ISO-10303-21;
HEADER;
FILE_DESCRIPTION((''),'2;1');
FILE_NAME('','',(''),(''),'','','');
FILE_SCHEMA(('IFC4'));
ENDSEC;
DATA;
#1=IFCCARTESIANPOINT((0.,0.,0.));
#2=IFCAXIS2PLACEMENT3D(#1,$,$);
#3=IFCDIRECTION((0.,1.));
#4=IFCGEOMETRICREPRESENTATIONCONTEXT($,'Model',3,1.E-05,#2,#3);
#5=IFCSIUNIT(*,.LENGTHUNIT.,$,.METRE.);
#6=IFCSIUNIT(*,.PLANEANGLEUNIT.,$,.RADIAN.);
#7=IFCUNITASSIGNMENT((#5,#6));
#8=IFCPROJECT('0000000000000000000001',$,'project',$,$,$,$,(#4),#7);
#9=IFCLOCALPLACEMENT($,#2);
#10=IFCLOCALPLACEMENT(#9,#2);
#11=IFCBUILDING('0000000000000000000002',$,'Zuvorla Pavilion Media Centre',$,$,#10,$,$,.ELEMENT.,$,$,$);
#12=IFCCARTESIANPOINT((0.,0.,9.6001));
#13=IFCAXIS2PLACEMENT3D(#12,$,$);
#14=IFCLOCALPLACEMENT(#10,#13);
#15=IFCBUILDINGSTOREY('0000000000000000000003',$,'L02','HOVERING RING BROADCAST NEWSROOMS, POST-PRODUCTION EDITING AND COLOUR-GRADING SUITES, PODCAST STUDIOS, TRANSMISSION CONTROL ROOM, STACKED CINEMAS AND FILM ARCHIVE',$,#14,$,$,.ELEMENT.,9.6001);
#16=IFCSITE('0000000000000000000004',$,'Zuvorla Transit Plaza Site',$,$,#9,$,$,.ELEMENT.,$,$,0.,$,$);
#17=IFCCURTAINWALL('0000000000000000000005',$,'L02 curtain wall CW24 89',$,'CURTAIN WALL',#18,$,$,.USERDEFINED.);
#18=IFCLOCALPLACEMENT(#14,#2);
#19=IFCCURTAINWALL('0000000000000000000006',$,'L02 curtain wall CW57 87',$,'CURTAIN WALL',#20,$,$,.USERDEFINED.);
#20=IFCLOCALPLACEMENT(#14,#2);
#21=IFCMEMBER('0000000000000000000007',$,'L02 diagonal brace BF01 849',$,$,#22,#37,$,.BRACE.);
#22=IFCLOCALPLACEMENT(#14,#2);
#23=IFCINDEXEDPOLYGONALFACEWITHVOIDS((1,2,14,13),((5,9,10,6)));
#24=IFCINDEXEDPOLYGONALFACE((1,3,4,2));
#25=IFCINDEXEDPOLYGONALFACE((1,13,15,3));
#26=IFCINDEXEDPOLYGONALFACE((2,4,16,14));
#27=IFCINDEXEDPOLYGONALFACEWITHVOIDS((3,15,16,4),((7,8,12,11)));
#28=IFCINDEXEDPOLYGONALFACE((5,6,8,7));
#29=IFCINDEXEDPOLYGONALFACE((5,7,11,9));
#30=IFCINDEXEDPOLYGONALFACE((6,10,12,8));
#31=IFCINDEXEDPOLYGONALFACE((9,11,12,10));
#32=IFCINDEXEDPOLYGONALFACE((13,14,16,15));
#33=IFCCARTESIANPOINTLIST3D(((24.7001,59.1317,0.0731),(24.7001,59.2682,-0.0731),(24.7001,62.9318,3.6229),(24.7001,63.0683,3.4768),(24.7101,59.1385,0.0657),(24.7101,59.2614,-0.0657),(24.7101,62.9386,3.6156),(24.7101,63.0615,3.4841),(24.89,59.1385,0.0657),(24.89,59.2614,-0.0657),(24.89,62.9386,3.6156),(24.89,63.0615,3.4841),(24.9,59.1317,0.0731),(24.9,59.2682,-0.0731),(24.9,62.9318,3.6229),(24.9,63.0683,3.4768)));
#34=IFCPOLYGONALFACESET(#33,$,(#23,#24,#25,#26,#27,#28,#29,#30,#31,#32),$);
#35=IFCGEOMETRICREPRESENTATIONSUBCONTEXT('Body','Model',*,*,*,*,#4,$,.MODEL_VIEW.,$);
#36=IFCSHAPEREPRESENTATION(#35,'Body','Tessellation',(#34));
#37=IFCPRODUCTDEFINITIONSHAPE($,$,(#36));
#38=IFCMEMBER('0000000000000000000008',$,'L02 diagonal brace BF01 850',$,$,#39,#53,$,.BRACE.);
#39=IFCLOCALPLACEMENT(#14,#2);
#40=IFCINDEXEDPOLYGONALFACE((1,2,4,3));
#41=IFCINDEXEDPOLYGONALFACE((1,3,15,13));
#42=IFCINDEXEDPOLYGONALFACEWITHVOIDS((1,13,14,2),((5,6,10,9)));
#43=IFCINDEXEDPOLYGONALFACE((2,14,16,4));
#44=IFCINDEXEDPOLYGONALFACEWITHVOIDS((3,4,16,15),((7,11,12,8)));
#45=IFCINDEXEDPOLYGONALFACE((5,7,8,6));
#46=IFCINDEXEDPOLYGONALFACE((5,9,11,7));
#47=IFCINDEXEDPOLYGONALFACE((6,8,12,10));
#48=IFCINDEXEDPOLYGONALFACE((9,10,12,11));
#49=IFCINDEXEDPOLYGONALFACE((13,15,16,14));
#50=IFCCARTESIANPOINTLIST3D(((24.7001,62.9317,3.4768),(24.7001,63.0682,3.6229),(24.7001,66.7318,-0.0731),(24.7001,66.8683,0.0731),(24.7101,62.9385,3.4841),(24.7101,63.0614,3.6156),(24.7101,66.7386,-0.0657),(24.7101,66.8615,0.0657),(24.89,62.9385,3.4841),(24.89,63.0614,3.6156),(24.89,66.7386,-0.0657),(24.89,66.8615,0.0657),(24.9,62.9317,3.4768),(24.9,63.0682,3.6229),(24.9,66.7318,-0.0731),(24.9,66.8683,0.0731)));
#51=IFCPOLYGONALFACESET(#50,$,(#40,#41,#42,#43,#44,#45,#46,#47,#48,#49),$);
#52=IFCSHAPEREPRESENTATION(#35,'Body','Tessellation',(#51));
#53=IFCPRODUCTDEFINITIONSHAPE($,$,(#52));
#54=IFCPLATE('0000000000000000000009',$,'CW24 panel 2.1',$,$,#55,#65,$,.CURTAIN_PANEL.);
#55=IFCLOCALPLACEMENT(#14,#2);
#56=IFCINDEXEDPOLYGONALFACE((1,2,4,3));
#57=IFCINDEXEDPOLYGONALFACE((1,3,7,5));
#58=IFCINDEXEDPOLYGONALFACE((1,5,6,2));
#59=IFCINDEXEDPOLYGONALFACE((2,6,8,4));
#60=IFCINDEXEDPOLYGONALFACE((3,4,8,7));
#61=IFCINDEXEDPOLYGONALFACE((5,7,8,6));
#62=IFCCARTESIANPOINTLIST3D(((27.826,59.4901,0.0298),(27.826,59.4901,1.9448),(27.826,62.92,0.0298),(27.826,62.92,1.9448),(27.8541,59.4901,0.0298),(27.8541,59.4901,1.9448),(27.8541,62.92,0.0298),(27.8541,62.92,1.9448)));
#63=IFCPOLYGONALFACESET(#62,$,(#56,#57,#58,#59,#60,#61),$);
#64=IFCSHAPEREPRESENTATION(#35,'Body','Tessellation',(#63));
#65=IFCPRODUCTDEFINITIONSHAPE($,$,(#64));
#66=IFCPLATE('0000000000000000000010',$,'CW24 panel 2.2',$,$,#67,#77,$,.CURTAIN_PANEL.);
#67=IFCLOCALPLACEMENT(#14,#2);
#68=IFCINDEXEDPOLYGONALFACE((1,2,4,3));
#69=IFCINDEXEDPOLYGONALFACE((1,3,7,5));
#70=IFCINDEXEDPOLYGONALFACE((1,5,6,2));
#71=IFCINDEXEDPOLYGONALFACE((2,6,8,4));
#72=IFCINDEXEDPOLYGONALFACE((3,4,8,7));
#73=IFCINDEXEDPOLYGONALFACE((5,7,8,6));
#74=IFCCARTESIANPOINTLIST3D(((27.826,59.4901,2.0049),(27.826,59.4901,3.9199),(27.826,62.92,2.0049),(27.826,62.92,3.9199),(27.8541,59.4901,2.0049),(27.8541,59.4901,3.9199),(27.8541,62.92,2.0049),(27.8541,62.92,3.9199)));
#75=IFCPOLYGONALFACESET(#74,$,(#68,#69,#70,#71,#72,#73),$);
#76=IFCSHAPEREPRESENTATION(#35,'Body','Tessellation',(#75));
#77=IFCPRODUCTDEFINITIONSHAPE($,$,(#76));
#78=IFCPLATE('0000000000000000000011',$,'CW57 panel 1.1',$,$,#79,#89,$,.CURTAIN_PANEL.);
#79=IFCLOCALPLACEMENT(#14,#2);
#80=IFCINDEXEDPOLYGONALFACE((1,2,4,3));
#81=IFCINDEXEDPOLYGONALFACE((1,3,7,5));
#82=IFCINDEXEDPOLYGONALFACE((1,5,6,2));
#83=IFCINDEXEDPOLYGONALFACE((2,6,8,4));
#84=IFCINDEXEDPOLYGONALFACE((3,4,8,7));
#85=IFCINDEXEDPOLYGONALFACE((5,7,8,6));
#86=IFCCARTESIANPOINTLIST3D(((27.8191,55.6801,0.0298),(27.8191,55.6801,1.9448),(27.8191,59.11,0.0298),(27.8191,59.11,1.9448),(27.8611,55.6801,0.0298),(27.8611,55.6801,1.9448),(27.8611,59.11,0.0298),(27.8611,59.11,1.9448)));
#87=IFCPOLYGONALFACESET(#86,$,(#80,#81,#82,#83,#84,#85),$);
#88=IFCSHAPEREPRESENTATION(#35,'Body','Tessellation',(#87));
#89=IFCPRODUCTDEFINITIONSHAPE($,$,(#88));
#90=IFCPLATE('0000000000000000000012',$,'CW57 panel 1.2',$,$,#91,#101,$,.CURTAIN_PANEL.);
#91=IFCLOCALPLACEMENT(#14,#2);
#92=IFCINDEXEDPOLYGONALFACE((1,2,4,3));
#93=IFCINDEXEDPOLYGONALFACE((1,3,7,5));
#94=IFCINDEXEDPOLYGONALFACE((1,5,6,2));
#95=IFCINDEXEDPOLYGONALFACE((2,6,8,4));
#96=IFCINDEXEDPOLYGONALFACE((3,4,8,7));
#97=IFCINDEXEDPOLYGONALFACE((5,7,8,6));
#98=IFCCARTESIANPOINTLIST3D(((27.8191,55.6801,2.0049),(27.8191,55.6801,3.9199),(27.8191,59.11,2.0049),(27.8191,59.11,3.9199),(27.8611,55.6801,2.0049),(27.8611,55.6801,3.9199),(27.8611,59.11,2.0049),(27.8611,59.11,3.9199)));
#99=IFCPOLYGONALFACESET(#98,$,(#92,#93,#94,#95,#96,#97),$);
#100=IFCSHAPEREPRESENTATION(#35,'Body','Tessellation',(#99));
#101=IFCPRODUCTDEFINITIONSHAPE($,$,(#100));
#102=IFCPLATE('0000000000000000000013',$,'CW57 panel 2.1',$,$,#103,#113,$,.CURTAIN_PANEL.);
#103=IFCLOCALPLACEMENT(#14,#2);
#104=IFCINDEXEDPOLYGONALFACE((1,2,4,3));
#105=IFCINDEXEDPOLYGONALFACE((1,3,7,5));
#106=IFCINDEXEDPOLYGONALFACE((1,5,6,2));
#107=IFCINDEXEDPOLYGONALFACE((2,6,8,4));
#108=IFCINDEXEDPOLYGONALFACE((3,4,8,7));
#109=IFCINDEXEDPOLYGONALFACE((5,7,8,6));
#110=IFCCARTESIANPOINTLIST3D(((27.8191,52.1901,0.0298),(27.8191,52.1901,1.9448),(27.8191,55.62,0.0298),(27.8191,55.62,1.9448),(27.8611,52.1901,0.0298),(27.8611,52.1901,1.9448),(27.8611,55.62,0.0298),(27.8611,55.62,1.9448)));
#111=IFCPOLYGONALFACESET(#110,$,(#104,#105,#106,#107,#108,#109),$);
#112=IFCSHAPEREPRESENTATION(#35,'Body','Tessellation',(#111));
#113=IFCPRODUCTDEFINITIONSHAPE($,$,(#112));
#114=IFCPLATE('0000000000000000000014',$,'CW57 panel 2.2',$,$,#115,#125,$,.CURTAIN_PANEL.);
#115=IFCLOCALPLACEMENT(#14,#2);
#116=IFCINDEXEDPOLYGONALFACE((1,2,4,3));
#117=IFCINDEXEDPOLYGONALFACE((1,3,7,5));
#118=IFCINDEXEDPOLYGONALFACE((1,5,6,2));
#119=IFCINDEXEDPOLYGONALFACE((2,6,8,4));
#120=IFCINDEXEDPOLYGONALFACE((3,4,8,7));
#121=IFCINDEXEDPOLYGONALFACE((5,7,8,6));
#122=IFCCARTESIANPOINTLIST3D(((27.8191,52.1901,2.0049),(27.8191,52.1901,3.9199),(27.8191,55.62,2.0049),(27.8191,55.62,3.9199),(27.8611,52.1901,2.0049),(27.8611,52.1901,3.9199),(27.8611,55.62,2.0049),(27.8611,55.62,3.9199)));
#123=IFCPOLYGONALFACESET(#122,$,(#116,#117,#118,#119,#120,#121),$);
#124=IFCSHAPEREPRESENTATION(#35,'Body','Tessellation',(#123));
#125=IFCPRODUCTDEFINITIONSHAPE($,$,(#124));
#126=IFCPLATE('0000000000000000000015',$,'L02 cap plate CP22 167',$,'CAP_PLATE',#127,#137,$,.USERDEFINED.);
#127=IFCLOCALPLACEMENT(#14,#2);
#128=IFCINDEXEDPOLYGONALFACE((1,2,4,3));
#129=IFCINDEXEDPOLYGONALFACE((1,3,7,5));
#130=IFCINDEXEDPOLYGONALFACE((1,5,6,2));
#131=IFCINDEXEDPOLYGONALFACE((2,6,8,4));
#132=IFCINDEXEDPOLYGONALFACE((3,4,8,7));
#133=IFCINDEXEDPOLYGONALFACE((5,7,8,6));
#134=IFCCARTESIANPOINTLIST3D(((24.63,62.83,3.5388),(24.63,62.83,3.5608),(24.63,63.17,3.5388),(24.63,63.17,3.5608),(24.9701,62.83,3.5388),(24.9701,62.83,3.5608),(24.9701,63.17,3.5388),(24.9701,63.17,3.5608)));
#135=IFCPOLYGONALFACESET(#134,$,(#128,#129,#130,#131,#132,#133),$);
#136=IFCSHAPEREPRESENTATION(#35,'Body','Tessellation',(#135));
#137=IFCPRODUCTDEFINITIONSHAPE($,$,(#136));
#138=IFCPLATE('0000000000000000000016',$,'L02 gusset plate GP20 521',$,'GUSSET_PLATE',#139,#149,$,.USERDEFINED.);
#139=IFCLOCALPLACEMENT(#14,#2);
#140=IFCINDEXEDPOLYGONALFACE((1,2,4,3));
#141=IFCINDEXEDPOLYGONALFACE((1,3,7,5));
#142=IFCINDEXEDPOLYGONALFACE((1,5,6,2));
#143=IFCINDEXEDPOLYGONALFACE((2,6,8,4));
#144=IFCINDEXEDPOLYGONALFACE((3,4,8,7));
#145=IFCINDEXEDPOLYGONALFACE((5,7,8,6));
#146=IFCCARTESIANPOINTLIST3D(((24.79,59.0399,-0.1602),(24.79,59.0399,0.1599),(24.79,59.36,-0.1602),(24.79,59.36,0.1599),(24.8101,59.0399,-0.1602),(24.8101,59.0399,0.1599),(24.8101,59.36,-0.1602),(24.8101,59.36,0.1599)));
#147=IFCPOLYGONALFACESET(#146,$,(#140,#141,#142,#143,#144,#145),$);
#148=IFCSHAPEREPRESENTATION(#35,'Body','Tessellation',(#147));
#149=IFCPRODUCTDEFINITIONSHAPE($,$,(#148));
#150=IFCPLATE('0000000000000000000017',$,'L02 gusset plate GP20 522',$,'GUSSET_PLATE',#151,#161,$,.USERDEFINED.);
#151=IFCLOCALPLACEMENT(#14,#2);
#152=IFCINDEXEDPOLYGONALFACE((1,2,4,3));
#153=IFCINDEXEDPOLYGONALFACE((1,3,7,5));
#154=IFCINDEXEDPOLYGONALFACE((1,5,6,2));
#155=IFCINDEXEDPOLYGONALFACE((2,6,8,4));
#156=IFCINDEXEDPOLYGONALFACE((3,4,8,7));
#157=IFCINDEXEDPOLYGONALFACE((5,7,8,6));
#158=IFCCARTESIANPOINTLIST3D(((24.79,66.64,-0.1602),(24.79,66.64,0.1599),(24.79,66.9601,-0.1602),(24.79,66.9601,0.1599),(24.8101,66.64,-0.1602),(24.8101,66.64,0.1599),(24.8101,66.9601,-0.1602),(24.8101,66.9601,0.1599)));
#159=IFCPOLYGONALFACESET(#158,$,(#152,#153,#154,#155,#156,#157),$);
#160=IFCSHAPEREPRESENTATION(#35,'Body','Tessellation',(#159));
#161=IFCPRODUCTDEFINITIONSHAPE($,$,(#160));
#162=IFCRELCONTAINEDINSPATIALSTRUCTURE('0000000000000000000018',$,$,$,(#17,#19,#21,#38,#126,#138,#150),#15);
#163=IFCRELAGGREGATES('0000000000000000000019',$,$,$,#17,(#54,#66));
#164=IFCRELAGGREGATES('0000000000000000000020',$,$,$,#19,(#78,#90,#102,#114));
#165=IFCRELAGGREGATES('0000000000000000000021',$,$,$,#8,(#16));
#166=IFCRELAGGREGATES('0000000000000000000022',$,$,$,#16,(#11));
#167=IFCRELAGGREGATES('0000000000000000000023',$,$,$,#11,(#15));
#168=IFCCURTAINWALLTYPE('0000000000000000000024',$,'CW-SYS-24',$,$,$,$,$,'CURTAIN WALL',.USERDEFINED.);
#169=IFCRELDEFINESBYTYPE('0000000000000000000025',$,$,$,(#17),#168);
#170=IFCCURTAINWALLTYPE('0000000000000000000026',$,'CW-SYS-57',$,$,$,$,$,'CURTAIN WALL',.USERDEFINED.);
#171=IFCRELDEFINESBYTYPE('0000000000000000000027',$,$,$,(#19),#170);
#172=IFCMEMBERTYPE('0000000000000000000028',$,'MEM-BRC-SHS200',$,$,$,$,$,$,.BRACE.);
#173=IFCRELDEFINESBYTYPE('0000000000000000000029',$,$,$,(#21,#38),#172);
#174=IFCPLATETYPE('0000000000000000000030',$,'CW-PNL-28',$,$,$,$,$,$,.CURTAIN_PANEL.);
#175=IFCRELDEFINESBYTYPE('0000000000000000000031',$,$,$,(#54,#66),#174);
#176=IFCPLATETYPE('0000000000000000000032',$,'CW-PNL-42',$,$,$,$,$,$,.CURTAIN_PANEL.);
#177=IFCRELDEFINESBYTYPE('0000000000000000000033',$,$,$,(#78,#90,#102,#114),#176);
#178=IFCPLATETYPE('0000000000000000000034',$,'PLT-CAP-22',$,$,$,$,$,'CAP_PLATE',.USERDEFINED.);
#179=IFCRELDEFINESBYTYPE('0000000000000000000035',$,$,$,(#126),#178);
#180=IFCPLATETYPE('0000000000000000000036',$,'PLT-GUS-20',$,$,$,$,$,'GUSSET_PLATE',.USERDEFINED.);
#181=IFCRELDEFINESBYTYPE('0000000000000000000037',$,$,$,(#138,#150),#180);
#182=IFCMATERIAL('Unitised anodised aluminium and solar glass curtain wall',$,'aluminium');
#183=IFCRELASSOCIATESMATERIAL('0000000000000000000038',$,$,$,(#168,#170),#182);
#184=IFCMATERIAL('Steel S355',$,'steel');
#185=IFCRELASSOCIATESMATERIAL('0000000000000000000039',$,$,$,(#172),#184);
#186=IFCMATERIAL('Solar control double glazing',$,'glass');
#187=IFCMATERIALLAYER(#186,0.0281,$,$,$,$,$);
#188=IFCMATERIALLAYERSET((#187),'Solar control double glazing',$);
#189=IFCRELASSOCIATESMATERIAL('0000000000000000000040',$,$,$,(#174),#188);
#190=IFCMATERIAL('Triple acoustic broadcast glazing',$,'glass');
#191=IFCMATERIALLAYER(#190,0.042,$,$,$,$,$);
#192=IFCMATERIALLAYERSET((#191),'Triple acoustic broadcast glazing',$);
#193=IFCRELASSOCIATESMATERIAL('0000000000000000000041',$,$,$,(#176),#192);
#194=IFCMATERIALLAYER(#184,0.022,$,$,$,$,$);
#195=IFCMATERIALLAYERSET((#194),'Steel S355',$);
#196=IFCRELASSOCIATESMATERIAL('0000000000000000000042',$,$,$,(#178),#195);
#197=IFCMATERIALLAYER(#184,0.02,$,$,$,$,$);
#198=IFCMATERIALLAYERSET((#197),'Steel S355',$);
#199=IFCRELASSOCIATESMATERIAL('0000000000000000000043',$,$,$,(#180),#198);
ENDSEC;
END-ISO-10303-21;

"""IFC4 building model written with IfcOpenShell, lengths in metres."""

from ifc_helpers import new_model, si_unit, direction, frame, origin, origin_2d, place, context, subcontext, project, spatial, rectangle, hollow_rectangle, extrude, material, layer, layer_set, material_profile, profile_set, type_object, element, aggregate, save


model = new_model("IFC4")

# Units and contexts
model_context = context("Model", 3, precision=1e-05, world=origin(), true_north=direction((0.0, 1.0)))
body_context = subcontext(model_context, "Body", "Model", "MODEL_VIEW")
ifc_project = project(units=[si_unit("LENGTHUNIT", "METRE"), si_unit("PLANEANGLEUNIT", "RADIAN")], contexts=[model_context])

# Site, building, storey
site_placement = place(None, origin())
site = spatial("IfcSite", under=ifc_project, at=site_placement, Name="Zuvorla Transit Plaza Site", CompositionType="ELEMENT", RefElevation=0.0)
building_placement = place(site_placement, origin())
building = spatial("IfcBuilding", under=site, at=building_placement, Name="Zuvorla Pavilion Media Centre", CompositionType="ELEMENT")
storey_placement = place(building_placement, frame((0.0, 0.0, 9.6001)))
storey = spatial("IfcBuildingStorey", under=building, at=storey_placement, Name="L02", Description="HOVERING RING BROADCAST NEWSROOMS, POST-PRODUCTION EDITING AND COLOUR-GRADING SUITES, PODCAST STUDIOS, TRANSMISSION CONTROL ROOM, STACKED CINEMAS AND FILM ARCHIVE", CompositionType="ELEMENT", Elevation=9.6001)

# Shared definitions
ifc_material_1 = material(Name="Steel S355", Category="steel")

# Curtain walls
ifc_material_2 = material(Name="Unitised anodised aluminium and solar glass curtain wall", Category="aluminium")
curtain_wall_type_1 = type_object("IfcCurtainWallType", Name="CW-SYS-24", ElementType="CURTAIN WALL", PredefinedType="USERDEFINED", material=ifc_material_2)
curtain_wall_1_placement = place(storey_placement, origin())
curtain_wall_1 = element("IfcCurtainWall", 1, at=curtain_wall_1_placement, inside=storey, type_object=curtain_wall_type_1, Name="L02 curtain wall CW24 89", ObjectType="CURTAIN WALL", PredefinedType="USERDEFINED")
curtain_wall_type_2 = type_object("IfcCurtainWallType", Name="CW-SYS-57", ElementType="CURTAIN WALL", PredefinedType="USERDEFINED", material=ifc_material_2)
curtain_wall_2_placement = place(storey_placement, origin())
curtain_wall_2 = element("IfcCurtainWall", 2, at=curtain_wall_2_placement, inside=storey, type_object=curtain_wall_type_2, Name="L02 curtain wall CW57 87", ObjectType="CURTAIN WALL", PredefinedType="USERDEFINED")

# Members
ifc_material_profile_1 = material_profile(ifc_material_1, hollow_rectangle(XDim=0.2, YDim=0.2, WallThickness=0.01, at=origin_2d()), Name="SHS 200x200x10")
ifc_profile_set_1 = profile_set([ifc_material_profile_1], Name="Steel S355")
member_type_1 = type_object("IfcMemberType", Name="MEM-BRC-SHS200", PredefinedType="BRACE", material=ifc_profile_set_1)
for number, where, z_axis, x_axis, name in (
    (3, (24.8, 59.2, 0.0), (0.0, 0.730759, 0.682636), (-1.0, 0.0, 0.0), "L02 diagonal brace BF01 849"),
    (4, (24.8, 66.8, 0.0), (0.0, -0.730759, 0.682636), (1.0, 0.0, 0.0), "L02 diagonal brace BF01 850"),
):
    element("IfcMember", number, at=place(storey_placement, frame(where, z_axis=z_axis, x_axis=x_axis)), inside=storey, type_object=member_type_1, Name=name, PredefinedType="BRACE", context=body_context, shape_type="SweptSolid", body=[
        extrude(hollow_rectangle(XDim=0.2, YDim=0.2, WallThickness=0.01, at=origin_2d()), origin(), (0.0, 0.0, 1.0), 5.2002),
    ])

# Plates
ifc_material_3 = material(Name="Solar control double glazing", Category="glass")
ifc_layer_1 = layer(ifc_material_3, 0.0281)
ifc_layer_set_1 = layer_set([ifc_layer_1], Name="Solar control double glazing")
plate_type_1 = type_object("IfcPlateType", Name="CW-PNL-28", PredefinedType="CURTAIN_PANEL", material=ifc_layer_set_1)
plate_1_placement = place(storey_placement, frame((27.8401, 61.2051, 0.0298), z_axis=(0.0, 0.0, 1.0), x_axis=(0.0, -1.0, 0.0)))
plate_1 = element("IfcPlate", 5, at=plate_1_placement, type_object=plate_type_1, Name="CW24 panel 2.1", PredefinedType="CURTAIN_PANEL", context=body_context, shape_type="SweptSolid", body=[
    extrude(rectangle(XDim=3.4299, YDim=0.0281, at=origin_2d()), origin(), (0.0, 0.0, 1.0), 1.915),
])
plate_2_placement = place(storey_placement, frame((27.8401, 61.2051, 2.0049), z_axis=(0.0, 0.0, 1.0), x_axis=(0.0, -1.0, 0.0)))
plate_2 = element("IfcPlate", 6, at=plate_2_placement, type_object=plate_type_1, Name="CW24 panel 2.2", PredefinedType="CURTAIN_PANEL", context=body_context, shape_type="SweptSolid", body=[
    extrude(rectangle(XDim=3.4299, YDim=0.0281, at=origin_2d()), origin(), (0.0, 0.0, 1.0), 1.915),
])
aggregate(curtain_wall_1, [plate_1, plate_2])
ifc_material_4 = material(Name="Triple acoustic broadcast glazing", Category="glass")
ifc_layer_2 = layer(ifc_material_4, 0.042)
ifc_layer_set_2 = layer_set([ifc_layer_2], Name="Triple acoustic broadcast glazing")
plate_type_2 = type_object("IfcPlateType", Name="CW-PNL-42", PredefinedType="CURTAIN_PANEL", material=ifc_layer_set_2)
plate_3_placement = place(storey_placement, frame((27.8401, 57.395, 0.0298), z_axis=(0.0, 0.0, 1.0), x_axis=(0.0, -1.0, 0.0)))
plate_3 = element("IfcPlate", 7, at=plate_3_placement, type_object=plate_type_2, Name="CW57 panel 1.1", PredefinedType="CURTAIN_PANEL", context=body_context, shape_type="SweptSolid", body=[
    extrude(rectangle(XDim=3.4299, YDim=0.042, at=origin_2d()), origin(), (0.0, 0.0, 1.0), 1.915),
])
plate_4_placement = place(storey_placement, frame((27.8401, 57.395, 2.0049), z_axis=(0.0, 0.0, 1.0), x_axis=(0.0, -1.0, 0.0)))
plate_4 = element("IfcPlate", 8, at=plate_4_placement, type_object=plate_type_2, Name="CW57 panel 1.2", PredefinedType="CURTAIN_PANEL", context=body_context, shape_type="SweptSolid", body=[
    extrude(rectangle(XDim=3.4299, YDim=0.042, at=origin_2d()), origin(), (0.0, 0.0, 1.0), 1.915),
])
plate_5_placement = place(storey_placement, frame((27.8401, 53.905, 0.0298), z_axis=(0.0, 0.0, 1.0), x_axis=(0.0, -1.0, 0.0)))
plate_5 = element("IfcPlate", 9, at=plate_5_placement, type_object=plate_type_2, Name="CW57 panel 2.1", PredefinedType="CURTAIN_PANEL", context=body_context, shape_type="SweptSolid", body=[
    extrude(rectangle(XDim=3.4299, YDim=0.042, at=origin_2d()), origin(), (0.0, 0.0, 1.0), 1.915),
])
plate_6_placement = place(storey_placement, frame((27.8401, 53.905, 2.0049), z_axis=(0.0, 0.0, 1.0), x_axis=(0.0, -1.0, 0.0)))
plate_6 = element("IfcPlate", 10, at=plate_6_placement, type_object=plate_type_2, Name="CW57 panel 2.2", PredefinedType="CURTAIN_PANEL", context=body_context, shape_type="SweptSolid", body=[
    extrude(rectangle(XDim=3.4299, YDim=0.042, at=origin_2d()), origin(), (0.0, 0.0, 1.0), 1.915),
])
aggregate(curtain_wall_2, [plate_3, plate_4, plate_5, plate_6])

# Plates
ifc_layer_3 = layer(ifc_material_1, 0.022)
ifc_layer_set_3 = layer_set([ifc_layer_3], Name="Steel S355")
plate_type_3 = type_object("IfcPlateType", Name="PLT-CAP-22", ElementType="CAP_PLATE", PredefinedType="USERDEFINED", material=ifc_layer_set_3)
plate_7_placement = place(storey_placement, frame((24.8, 63.0, 3.5388), z_axis=(0.0, 0.0, 1.0), x_axis=(1.0, 0.0, 0.0)))
element("IfcPlate", 11, at=plate_7_placement, inside=storey, type_object=plate_type_3, Name="L02 cap plate CP22 167", ObjectType="CAP_PLATE", PredefinedType="USERDEFINED", context=body_context, shape_type="SweptSolid", body=[
    extrude(rectangle(XDim=0.3401, YDim=0.3401, at=origin_2d()), origin(), (0.0, 0.0, 1.0), 0.022),
])
ifc_layer_4 = layer(ifc_material_1, 0.02)
ifc_layer_set_4 = layer_set([ifc_layer_4], Name="Steel S355")
plate_type_4 = type_object("IfcPlateType", Name="PLT-GUS-20", ElementType="GUSSET_PLATE", PredefinedType="USERDEFINED", material=ifc_layer_set_4)
for number, where, z_axis, x_axis, name in (
    (12, (24.8, 59.2, -0.1602), (0.0, 0.0, 1.0), (1.0, 0.0, 0.0), "L02 gusset plate GP20 521"),
    (13, (24.8, 66.8, -0.1602), (0.0, 0.0, 1.0), (1.0, 0.0, 0.0), "L02 gusset plate GP20 522"),
):
    element("IfcPlate", number, at=place(storey_placement, frame(where, z_axis=z_axis, x_axis=x_axis)), inside=storey, type_object=plate_type_4, Name=name, ObjectType="GUSSET_PLATE", PredefinedType="USERDEFINED", context=body_context, shape_type="SweptSolid", body=[
        extrude(rectangle(XDim=0.02, YDim=0.3201, at=origin_2d()), origin(), (0.0, 0.0, 1.0), 0.3201),
    ])

save(model, "model.ifc")
